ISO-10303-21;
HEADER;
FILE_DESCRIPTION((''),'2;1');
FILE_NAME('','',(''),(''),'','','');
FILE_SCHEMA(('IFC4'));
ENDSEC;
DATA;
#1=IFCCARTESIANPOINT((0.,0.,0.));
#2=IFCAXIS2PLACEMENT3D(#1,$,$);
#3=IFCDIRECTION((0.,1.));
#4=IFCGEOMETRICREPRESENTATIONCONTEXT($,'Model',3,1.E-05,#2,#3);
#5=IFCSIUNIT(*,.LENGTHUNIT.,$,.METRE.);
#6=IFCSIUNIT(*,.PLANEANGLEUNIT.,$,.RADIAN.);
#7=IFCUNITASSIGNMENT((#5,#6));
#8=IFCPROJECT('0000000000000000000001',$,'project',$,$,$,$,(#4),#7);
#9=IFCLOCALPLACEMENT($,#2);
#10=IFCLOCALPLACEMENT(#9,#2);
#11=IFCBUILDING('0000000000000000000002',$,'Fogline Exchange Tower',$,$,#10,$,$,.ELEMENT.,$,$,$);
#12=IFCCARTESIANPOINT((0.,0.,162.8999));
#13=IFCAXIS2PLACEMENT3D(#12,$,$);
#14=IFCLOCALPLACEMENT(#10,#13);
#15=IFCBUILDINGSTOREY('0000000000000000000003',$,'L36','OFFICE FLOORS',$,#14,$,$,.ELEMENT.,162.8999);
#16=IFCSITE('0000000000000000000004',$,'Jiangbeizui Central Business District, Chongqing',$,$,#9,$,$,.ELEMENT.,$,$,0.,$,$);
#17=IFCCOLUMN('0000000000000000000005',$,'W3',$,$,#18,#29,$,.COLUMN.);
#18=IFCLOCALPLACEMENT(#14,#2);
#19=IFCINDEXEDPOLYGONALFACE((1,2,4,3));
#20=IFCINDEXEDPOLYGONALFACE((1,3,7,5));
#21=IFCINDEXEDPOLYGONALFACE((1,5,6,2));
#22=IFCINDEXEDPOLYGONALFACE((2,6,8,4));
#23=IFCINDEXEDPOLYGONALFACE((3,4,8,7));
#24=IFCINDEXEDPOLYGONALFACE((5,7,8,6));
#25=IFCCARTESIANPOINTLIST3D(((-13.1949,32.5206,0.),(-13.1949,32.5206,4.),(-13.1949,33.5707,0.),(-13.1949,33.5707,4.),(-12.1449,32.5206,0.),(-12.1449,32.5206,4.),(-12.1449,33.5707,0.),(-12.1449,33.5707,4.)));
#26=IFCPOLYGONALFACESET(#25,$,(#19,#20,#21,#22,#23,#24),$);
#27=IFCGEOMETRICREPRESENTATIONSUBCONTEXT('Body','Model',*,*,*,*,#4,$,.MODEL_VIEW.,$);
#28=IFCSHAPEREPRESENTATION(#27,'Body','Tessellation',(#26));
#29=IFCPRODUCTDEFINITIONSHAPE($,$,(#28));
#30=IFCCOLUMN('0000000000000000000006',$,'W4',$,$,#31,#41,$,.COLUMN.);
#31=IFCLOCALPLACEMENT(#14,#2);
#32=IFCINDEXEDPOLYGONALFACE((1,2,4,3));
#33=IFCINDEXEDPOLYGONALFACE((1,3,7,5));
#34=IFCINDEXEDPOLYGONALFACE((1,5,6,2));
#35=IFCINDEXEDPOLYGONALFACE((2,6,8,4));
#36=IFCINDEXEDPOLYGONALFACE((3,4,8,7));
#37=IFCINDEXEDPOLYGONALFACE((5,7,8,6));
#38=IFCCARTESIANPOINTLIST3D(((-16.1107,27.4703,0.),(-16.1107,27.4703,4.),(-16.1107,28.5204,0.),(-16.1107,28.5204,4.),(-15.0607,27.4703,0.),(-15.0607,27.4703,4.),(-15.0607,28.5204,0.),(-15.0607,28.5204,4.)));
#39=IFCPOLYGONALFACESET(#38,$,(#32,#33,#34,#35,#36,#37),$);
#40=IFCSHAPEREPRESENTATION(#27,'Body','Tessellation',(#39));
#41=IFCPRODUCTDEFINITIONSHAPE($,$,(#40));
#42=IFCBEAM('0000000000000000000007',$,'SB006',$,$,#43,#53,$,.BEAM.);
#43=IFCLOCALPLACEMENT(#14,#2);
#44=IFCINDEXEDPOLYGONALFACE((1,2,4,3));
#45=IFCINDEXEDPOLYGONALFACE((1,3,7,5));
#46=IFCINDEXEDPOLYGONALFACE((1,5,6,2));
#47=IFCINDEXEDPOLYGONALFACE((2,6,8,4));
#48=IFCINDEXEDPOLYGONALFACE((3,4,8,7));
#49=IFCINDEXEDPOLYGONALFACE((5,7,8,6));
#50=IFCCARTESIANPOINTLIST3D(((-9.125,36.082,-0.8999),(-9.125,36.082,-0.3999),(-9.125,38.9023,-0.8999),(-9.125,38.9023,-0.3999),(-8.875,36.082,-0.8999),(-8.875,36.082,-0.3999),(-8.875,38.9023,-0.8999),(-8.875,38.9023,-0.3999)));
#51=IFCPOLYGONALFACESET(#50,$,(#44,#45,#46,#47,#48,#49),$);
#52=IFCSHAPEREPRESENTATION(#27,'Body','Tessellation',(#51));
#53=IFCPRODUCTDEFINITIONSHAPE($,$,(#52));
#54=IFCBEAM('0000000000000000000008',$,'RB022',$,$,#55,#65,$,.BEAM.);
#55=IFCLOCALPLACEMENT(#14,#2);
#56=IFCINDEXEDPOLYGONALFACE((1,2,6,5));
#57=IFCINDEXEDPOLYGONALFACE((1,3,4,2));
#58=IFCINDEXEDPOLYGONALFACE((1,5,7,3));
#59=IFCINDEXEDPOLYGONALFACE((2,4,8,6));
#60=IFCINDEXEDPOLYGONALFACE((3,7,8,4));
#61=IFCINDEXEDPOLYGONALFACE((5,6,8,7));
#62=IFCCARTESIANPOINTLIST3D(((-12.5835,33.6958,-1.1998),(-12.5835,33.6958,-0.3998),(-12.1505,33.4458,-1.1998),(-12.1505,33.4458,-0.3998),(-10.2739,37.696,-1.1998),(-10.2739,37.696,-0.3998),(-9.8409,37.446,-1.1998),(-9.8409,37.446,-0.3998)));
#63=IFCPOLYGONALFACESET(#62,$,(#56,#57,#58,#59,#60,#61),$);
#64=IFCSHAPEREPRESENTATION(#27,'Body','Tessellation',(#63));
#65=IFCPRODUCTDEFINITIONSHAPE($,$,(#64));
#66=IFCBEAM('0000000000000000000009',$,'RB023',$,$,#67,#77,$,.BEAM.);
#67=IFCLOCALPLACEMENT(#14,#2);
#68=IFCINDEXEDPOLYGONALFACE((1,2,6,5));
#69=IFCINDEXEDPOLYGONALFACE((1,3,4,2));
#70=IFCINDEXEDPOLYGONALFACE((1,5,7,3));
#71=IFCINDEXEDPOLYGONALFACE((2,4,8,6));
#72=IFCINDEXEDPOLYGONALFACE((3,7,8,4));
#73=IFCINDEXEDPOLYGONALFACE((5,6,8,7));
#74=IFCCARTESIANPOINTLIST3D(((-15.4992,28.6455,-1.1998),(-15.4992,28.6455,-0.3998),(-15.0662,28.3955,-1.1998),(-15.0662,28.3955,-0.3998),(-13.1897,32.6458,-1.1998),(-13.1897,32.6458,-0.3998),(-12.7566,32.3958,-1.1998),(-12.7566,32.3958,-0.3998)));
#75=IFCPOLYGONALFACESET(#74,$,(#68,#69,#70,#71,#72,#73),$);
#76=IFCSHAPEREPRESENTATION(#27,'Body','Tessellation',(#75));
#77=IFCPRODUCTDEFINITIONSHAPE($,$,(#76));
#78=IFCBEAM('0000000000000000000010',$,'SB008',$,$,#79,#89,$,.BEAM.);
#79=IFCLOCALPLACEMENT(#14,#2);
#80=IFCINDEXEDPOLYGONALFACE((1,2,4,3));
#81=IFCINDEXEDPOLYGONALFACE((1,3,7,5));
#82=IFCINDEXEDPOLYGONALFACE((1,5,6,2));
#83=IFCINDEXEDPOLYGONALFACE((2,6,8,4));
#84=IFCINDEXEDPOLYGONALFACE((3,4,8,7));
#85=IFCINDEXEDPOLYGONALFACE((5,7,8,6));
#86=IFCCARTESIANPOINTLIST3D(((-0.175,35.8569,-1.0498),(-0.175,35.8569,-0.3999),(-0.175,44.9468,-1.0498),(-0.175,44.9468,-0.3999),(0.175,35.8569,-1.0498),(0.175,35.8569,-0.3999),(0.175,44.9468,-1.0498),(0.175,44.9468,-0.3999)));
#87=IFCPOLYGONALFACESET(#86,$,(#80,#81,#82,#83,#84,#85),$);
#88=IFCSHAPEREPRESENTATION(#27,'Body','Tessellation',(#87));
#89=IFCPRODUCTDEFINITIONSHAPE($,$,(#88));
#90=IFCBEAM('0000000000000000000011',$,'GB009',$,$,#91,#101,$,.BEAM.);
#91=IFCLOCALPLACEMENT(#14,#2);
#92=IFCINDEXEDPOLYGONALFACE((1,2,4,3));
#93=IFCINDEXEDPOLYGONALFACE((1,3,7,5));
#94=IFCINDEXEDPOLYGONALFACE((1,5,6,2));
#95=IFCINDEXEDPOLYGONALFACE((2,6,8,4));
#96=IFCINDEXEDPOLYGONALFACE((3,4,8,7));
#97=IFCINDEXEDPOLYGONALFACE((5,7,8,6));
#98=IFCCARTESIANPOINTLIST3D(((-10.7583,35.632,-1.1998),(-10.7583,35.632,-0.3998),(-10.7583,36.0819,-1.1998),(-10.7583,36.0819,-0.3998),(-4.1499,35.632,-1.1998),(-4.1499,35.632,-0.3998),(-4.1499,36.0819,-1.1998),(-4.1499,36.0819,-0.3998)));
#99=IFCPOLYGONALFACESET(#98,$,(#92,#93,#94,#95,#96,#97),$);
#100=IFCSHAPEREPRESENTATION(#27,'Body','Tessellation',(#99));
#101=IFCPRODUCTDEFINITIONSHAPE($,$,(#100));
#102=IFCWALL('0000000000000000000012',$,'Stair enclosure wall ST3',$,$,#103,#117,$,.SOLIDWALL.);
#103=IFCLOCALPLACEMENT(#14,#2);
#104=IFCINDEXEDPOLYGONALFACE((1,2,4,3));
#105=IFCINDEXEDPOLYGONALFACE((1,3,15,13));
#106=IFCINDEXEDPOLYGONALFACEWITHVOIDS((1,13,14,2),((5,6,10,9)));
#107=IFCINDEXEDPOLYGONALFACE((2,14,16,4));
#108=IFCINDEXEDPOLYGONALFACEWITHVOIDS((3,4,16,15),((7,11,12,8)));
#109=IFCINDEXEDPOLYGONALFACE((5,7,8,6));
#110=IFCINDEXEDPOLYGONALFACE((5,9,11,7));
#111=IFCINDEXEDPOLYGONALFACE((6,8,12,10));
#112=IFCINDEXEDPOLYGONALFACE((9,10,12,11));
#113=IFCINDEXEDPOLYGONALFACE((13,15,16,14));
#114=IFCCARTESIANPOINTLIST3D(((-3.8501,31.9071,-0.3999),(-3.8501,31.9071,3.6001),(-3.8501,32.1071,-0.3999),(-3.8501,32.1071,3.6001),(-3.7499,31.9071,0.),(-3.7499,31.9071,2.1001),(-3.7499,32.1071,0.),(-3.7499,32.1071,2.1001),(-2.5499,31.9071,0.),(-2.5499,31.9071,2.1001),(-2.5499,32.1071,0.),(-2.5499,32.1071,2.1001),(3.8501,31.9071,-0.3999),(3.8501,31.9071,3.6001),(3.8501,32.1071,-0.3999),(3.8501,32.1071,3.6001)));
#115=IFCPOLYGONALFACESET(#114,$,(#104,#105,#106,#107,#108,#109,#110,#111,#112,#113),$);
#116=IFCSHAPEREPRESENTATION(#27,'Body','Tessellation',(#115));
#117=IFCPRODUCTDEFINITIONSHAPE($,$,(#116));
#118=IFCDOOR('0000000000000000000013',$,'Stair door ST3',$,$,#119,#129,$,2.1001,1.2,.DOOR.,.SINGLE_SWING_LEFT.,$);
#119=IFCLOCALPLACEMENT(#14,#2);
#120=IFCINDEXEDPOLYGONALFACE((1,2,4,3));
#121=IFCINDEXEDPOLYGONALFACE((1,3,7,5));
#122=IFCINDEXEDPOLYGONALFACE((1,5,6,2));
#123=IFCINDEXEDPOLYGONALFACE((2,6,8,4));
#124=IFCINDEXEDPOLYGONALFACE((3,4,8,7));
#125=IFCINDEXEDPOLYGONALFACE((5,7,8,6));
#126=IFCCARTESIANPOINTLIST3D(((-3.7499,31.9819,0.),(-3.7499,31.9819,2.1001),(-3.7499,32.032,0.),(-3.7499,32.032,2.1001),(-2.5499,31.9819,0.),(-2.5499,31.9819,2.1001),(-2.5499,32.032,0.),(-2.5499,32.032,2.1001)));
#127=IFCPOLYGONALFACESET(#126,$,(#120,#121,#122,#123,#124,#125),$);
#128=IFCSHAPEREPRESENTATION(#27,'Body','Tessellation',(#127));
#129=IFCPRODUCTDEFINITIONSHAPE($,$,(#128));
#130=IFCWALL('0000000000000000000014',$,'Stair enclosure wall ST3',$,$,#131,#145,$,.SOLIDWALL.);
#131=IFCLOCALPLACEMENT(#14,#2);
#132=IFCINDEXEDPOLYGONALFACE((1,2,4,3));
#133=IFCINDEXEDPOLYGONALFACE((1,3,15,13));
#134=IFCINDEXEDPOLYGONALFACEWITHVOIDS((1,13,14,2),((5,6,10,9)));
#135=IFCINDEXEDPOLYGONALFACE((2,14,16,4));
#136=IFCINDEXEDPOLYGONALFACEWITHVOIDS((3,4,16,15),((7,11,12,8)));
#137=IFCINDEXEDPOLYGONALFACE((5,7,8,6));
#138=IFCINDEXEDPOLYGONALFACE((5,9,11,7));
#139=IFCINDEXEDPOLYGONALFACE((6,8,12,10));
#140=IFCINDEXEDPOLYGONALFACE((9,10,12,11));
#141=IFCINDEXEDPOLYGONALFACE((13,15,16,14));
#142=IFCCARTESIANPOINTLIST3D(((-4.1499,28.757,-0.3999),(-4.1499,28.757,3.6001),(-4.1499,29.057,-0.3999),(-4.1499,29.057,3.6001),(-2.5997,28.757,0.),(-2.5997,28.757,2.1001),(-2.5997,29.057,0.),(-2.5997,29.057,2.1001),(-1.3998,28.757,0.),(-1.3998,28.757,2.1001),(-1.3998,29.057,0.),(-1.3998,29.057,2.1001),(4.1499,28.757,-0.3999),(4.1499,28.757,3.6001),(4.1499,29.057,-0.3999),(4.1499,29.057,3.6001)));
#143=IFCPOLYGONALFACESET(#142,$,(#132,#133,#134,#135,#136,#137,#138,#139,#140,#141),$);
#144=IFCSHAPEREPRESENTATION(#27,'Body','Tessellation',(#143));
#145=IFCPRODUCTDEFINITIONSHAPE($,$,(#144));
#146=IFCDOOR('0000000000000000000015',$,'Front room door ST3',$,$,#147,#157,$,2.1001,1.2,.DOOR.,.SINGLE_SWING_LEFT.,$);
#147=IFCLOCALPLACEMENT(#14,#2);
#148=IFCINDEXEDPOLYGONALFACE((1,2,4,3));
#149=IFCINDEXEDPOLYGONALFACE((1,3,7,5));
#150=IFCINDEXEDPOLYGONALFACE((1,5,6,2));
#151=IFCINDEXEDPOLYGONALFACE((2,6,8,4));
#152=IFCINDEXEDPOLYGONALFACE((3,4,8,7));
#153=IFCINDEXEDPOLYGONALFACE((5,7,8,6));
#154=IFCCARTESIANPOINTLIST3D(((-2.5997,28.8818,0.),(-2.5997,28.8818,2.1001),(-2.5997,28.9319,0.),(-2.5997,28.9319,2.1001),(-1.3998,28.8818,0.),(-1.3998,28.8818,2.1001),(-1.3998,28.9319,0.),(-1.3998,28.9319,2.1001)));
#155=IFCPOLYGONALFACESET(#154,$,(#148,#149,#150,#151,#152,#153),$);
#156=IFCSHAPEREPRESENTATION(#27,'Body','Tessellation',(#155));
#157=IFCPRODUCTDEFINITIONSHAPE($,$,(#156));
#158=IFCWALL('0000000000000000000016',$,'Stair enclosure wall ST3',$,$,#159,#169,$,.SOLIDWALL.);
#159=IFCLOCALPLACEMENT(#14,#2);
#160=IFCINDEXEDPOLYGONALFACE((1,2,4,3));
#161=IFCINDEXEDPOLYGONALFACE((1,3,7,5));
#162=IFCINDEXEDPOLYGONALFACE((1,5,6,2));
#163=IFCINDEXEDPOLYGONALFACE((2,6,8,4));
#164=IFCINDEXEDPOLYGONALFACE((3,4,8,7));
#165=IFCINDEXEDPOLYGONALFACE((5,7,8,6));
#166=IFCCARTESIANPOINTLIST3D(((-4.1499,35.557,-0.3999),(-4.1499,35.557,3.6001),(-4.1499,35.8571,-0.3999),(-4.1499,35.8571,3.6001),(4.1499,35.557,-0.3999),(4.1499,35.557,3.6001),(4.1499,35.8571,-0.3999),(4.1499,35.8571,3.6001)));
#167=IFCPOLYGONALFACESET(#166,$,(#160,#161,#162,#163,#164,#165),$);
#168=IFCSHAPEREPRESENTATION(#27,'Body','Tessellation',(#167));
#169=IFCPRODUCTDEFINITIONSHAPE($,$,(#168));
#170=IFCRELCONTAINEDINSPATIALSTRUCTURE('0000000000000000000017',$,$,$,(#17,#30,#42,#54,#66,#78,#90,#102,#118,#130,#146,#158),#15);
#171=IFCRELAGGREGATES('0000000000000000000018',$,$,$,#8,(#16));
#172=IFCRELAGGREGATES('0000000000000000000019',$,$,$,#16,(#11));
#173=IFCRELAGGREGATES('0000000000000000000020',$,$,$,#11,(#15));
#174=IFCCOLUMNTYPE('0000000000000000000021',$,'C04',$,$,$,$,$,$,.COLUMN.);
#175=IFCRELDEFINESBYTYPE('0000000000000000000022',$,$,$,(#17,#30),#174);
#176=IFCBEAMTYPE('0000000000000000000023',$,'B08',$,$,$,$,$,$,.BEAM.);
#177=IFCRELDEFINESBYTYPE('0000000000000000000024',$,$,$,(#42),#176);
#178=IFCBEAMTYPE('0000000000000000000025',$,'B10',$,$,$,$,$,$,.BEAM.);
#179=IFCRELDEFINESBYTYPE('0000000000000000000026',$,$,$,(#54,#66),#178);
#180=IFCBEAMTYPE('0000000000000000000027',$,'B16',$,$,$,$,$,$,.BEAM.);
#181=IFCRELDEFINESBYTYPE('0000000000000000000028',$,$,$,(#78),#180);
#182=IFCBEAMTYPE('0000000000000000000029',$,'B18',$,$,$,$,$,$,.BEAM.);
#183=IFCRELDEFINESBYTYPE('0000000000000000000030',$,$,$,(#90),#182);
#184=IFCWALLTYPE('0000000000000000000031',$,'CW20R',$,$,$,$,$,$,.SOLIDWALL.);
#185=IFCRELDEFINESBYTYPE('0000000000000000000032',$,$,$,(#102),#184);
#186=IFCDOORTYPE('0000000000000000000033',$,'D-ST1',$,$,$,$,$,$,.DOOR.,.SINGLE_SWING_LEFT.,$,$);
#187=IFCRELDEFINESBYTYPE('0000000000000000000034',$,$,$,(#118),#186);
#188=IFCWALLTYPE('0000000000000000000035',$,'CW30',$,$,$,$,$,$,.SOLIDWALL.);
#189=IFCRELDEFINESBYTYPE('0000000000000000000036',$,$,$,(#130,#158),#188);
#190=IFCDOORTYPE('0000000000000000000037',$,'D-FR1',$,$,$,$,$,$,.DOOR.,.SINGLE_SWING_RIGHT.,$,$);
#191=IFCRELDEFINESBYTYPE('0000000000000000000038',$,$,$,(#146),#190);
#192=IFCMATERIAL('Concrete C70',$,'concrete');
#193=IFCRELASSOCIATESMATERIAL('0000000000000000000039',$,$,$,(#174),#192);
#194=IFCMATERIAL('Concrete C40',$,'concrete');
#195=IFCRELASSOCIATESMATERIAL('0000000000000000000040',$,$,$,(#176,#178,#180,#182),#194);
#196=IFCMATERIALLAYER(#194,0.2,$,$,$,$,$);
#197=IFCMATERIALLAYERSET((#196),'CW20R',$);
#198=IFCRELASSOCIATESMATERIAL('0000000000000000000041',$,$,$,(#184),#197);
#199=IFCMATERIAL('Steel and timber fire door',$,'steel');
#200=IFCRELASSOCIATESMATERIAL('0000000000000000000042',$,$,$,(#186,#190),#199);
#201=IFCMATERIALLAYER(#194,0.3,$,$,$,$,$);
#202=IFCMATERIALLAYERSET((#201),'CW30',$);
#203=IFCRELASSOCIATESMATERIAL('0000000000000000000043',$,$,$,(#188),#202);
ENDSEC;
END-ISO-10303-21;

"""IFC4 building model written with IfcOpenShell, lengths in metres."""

from ifc_helpers import new_model, si_unit, direction, frame, frame_2d, origin, origin_2d, place, context, subcontext, project, spatial, rectangle, extrude, material, layer, layer_set, material_profile, profile_set, type_object, element, fill, save


model = new_model("IFC4")

# Units and contexts
model_context = context("Model", 3, precision=1e-05, world=origin(), true_north=direction((0.0, 1.0)))
body_context = subcontext(model_context, "Body", "Model", "MODEL_VIEW")
ifc_project = project(units=[si_unit("LENGTHUNIT", "METRE"), si_unit("PLANEANGLEUNIT", "RADIAN")], contexts=[model_context])

# Site, building, storey
site_placement = place(None, origin())
site = spatial("IfcSite", under=ifc_project, at=site_placement, Name="Jiangbeizui Central Business District, Chongqing", CompositionType="ELEMENT", RefElevation=0.0)
building_placement = place(site_placement, origin())
building = spatial("IfcBuilding", under=site, at=building_placement, Name="Fogline Exchange Tower", CompositionType="ELEMENT")
storey_placement = place(building_placement, frame((0.0, 0.0, 162.8999)))
storey = spatial("IfcBuildingStorey", under=building, at=storey_placement, Name="L36", Description="OFFICE FLOORS", CompositionType="ELEMENT", Elevation=162.8999)

# Columns
ifc_material_1 = material(Name="Concrete C70", Category="concrete")
ifc_material_profile_1 = material_profile(ifc_material_1, rectangle(XDim=1.05, YDim=1.05, at=origin_2d()), Name="RC 1050x1050")
ifc_profile_set_1 = profile_set([ifc_material_profile_1], Name="Concrete C70")
column_type = type_object("IfcColumnType", Name="C04", PredefinedType="COLUMN", material=ifc_profile_set_1)
for number, where, z_axis, x_axis, name in (
    (1, (-12.6699, 33.0457, 0.0), (0.0, 0.0, 1.0), (1.0, 0.0, 0.0), "W3"),
    (2, (-15.5857, 27.9954, 0.0), (0.0, 0.0, 1.0), (1.0, 0.0, 0.0), "W4"),
):
    element("IfcColumn", number, at=place(storey_placement, frame(where, z_axis=z_axis, x_axis=x_axis)), inside=storey, type_object=column_type, Name=name, PredefinedType="COLUMN", context=body_context, shape_type="SweptSolid", body=[
        extrude(rectangle(XDim=1.05, YDim=1.05, at=origin_2d()), origin(), (0.0, 0.0, 1.0), 4.0),
    ])

# Beams
ifc_material_2 = material(Name="Concrete C40", Category="concrete")
ifc_material_profile_2 = material_profile(ifc_material_2, rectangle(XDim=0.25, YDim=0.5, at=origin_2d()), Name="RC 250x500")
ifc_profile_set_2 = profile_set([ifc_material_profile_2], Name="Concrete C40")
beam_type_1 = type_object("IfcBeamType", Name="B08", PredefinedType="BEAM", material=ifc_profile_set_2)
beam_1_placement = place(storey_placement, frame((-9.0, 36.082, -0.6499), z_axis=(0.0, 1.0, 0.0), x_axis=(-1.0, 0.0, 0.0)))
element("IfcBeam", 3, at=beam_1_placement, inside=storey, type_object=beam_type_1, Name="SB006", PredefinedType="BEAM", context=body_context, shape_type="SweptSolid", body=[
    extrude(rectangle(XDim=0.25, YDim=0.5, at=origin_2d()), origin(), (0.0, 0.0, 1.0), 2.8203),
])
ifc_material_profile_3 = material_profile(ifc_material_2, rectangle(XDim=0.5, YDim=0.8, at=origin_2d()), Name="RC 500x800")
ifc_profile_set_3 = profile_set([ifc_material_profile_3], Name="Concrete C40")
beam_type_2 = type_object("IfcBeamType", Name="B10", PredefinedType="BEAM", material=ifc_profile_set_3)
for number, where, z_axis, x_axis, name in (
    (4, (-10.0574, 37.571, -0.7998), (-0.500005, -0.866023, 0.0), (0.866023, -0.500005, 0.0), "RB022"),
    (5, (-12.9731, 32.5208, -0.7998), (-0.500005, -0.866023, 0.0), (0.866023, -0.500005, 0.0), "RB023"),
):
    element("IfcBeam", number, at=place(storey_placement, frame(where, z_axis=z_axis, x_axis=x_axis)), inside=storey, type_object=beam_type_2, Name=name, PredefinedType="BEAM", context=body_context, shape_type="SweptSolid", body=[
        extrude(rectangle(XDim=0.5, YDim=0.8, at=origin_2d()), origin(), (0.0, 0.0, 1.0), 4.6191),
    ])
ifc_material_profile_4 = material_profile(ifc_material_2, rectangle(XDim=0.3501, YDim=0.6499, at=origin_2d()), Name="RC 350x650")
ifc_profile_set_4 = profile_set([ifc_material_profile_4], Name="Concrete C40")
beam_type_3 = type_object("IfcBeamType", Name="B16", PredefinedType="BEAM", material=ifc_profile_set_4)
beam_2_placement = place(storey_placement, frame((0.0, 35.8569, -0.7249), z_axis=(0.0, 1.0, 0.0), x_axis=(-1.0, 0.0, 0.0)))
element("IfcBeam", 6, at=beam_2_placement, inside=storey, type_object=beam_type_3, Name="SB008", PredefinedType="BEAM", context=body_context, shape_type="SweptSolid", body=[
    extrude(rectangle(XDim=0.3501, YDim=0.6499, at=origin_2d()), origin(), (0.0, 0.0, 1.0), 9.0898),
])
ifc_material_profile_5 = material_profile(ifc_material_2, rectangle(XDim=0.45, YDim=0.8, at=origin_2d()), Name="RC 450x800")
ifc_profile_set_5 = profile_set([ifc_material_profile_5], Name="Concrete C40")
beam_type_4 = type_object("IfcBeamType", Name="B18", PredefinedType="BEAM", material=ifc_profile_set_5)
beam_3_placement = place(storey_placement, frame((-10.7583, 35.8569, -0.7998), z_axis=(1.0, 0.0, 0.0), x_axis=(0.0, 1.0, 0.0)))
element("IfcBeam", 7, at=beam_3_placement, inside=storey, type_object=beam_type_4, Name="GB009", PredefinedType="BEAM", context=body_context, shape_type="SweptSolid", body=[
    extrude(rectangle(XDim=0.45, YDim=0.8, at=origin_2d()), origin(), (0.0, 0.0, 1.0), 6.6084),
])

# Walls, openings, doors
ifc_layer_1 = layer(ifc_material_2, 0.2)
ifc_layer_set_1 = layer_set([ifc_layer_1], Name="CW20R")
wall_type_1 = type_object("IfcWallType", Name="CW20R", PredefinedType="SOLIDWALL", material=ifc_layer_set_1)
wall_1_placement = place(storey_placement, frame((-3.8501, 32.0071, -0.3999), z_axis=(0.0, 0.0, 1.0), x_axis=(1.0, 0.0, 0.0)))
wall_1 = element("IfcWall", 8, at=wall_1_placement, inside=storey, type_object=wall_type_1, Name="Stair enclosure wall ST3", PredefinedType="SOLIDWALL", context=body_context, shape_type="SweptSolid", body=[
    extrude(rectangle(XDim=7.7002, YDim=0.2, at=frame_2d((3.8501, 0.0))), origin(), (0.0, 0.0, 1.0), 4.0),
])
opening_1_placement = place(wall_1_placement, frame((0.1001, 0.0, 0.3999)))
opening_1 = element("IfcOpeningElement", 9, at=opening_1_placement, cuts=wall_1, PredefinedType="OPENING", context=body_context, shape_type="SweptSolid", body=[
    extrude(rectangle(XDim=1.2, YDim=2.1001, at=frame_2d((0.6001, 1.05))), frame((0.0, 0.1099, 0.0), z_axis=(0.0, -1.0, 0.0), x_axis=(1.0, 0.0, 0.0)), (0.0, 0.0, 1.0), 0.22),
])
ifc_material_3 = material(Name="Steel and timber fire door", Category="steel")
door_type_1 = type_object("IfcDoorType", Name="D-ST1", OperationType="SINGLE_SWING_LEFT", PredefinedType="DOOR", material=ifc_material_3)
door_1_placement = place(opening_1_placement, origin())
door_1 = element("IfcDoor", 10, at=door_1_placement, inside=storey, type_object=door_type_1, Name="Stair door ST3", OperationType="SINGLE_SWING_LEFT", OverallHeight=2.1001, OverallWidth=1.2, PredefinedType="DOOR", context=body_context, shape_type="SweptSolid", body=[
    extrude(rectangle(XDim=1.2, YDim=2.1001, at=frame_2d((0.6001, 1.05))), frame((0.0, 0.0249, 0.0), z_axis=(0.0, -1.0, 0.0), x_axis=(1.0, 0.0, 0.0)), (0.0, 0.0, 1.0), 0.05),
])
fill(opening_1, door_1)
ifc_layer_2 = layer(ifc_material_2, 0.3)
ifc_layer_set_2 = layer_set([ifc_layer_2], Name="CW30")
wall_type_2 = type_object("IfcWallType", Name="CW30", PredefinedType="SOLIDWALL", material=ifc_layer_set_2)
wall_2_placement = place(storey_placement, frame((-4.1499, 28.907, -0.3999), z_axis=(0.0, 0.0, 1.0), x_axis=(1.0, 0.0, 0.0)))
wall_2 = element("IfcWall", 11, at=wall_2_placement, inside=storey, type_object=wall_type_2, Name="Stair enclosure wall ST3", PredefinedType="SOLIDWALL", context=body_context, shape_type="SweptSolid", body=[
    extrude(rectangle(XDim=8.2998, YDim=0.3, at=frame_2d((4.1499, 0.0))), origin(), (0.0, 0.0, 1.0), 4.0),
])
opening_2_placement = place(wall_2_placement, frame((1.55, 0.0, 0.3999)))
opening_2 = element("IfcOpeningElement", 12, at=opening_2_placement, cuts=wall_2, PredefinedType="OPENING", context=body_context, shape_type="SweptSolid", body=[
    extrude(rectangle(XDim=1.2, YDim=2.1001, at=frame_2d((0.6001, 1.05))), frame((0.0, 0.1602, 0.0), z_axis=(0.0, -1.0, 0.0), x_axis=(1.0, 0.0, 0.0)), (0.0, 0.0, 1.0), 0.3201),
])
door_type_2 = type_object("IfcDoorType", Name="D-FR1", OperationType="SINGLE_SWING_RIGHT", PredefinedType="DOOR", material=ifc_material_3)
door_2_placement = place(opening_2_placement, origin())
door_2 = element("IfcDoor", 13, at=door_2_placement, inside=storey, type_object=door_type_2, Name="Front room door ST3", OperationType="SINGLE_SWING_LEFT", OverallHeight=2.1001, OverallWidth=1.2, PredefinedType="DOOR", context=body_context, shape_type="SweptSolid", body=[
    extrude(rectangle(XDim=1.2, YDim=2.1001, at=frame_2d((0.6001, 1.05))), frame((0.0, 0.0249, 0.0), z_axis=(0.0, -1.0, 0.0), x_axis=(1.0, 0.0, 0.0)), (0.0, 0.0, 1.0), 0.05),
])
fill(opening_2, door_2)

# Wall
wall_3_placement = place(storey_placement, frame((-4.1499, 35.707, -0.3999), z_axis=(0.0, 0.0, 1.0), x_axis=(1.0, 0.0, 0.0)))
element("IfcWall", 14, at=wall_3_placement, inside=storey, type_object=wall_type_2, Name="Stair enclosure wall ST3", PredefinedType="SOLIDWALL", context=body_context, shape_type="SweptSolid", body=[
    extrude(rectangle(XDim=8.2998, YDim=0.3, at=frame_2d((4.1499, 0.0))), origin(), (0.0, 0.0, 1.0), 4.0),
])

save(model, "model.ifc")
